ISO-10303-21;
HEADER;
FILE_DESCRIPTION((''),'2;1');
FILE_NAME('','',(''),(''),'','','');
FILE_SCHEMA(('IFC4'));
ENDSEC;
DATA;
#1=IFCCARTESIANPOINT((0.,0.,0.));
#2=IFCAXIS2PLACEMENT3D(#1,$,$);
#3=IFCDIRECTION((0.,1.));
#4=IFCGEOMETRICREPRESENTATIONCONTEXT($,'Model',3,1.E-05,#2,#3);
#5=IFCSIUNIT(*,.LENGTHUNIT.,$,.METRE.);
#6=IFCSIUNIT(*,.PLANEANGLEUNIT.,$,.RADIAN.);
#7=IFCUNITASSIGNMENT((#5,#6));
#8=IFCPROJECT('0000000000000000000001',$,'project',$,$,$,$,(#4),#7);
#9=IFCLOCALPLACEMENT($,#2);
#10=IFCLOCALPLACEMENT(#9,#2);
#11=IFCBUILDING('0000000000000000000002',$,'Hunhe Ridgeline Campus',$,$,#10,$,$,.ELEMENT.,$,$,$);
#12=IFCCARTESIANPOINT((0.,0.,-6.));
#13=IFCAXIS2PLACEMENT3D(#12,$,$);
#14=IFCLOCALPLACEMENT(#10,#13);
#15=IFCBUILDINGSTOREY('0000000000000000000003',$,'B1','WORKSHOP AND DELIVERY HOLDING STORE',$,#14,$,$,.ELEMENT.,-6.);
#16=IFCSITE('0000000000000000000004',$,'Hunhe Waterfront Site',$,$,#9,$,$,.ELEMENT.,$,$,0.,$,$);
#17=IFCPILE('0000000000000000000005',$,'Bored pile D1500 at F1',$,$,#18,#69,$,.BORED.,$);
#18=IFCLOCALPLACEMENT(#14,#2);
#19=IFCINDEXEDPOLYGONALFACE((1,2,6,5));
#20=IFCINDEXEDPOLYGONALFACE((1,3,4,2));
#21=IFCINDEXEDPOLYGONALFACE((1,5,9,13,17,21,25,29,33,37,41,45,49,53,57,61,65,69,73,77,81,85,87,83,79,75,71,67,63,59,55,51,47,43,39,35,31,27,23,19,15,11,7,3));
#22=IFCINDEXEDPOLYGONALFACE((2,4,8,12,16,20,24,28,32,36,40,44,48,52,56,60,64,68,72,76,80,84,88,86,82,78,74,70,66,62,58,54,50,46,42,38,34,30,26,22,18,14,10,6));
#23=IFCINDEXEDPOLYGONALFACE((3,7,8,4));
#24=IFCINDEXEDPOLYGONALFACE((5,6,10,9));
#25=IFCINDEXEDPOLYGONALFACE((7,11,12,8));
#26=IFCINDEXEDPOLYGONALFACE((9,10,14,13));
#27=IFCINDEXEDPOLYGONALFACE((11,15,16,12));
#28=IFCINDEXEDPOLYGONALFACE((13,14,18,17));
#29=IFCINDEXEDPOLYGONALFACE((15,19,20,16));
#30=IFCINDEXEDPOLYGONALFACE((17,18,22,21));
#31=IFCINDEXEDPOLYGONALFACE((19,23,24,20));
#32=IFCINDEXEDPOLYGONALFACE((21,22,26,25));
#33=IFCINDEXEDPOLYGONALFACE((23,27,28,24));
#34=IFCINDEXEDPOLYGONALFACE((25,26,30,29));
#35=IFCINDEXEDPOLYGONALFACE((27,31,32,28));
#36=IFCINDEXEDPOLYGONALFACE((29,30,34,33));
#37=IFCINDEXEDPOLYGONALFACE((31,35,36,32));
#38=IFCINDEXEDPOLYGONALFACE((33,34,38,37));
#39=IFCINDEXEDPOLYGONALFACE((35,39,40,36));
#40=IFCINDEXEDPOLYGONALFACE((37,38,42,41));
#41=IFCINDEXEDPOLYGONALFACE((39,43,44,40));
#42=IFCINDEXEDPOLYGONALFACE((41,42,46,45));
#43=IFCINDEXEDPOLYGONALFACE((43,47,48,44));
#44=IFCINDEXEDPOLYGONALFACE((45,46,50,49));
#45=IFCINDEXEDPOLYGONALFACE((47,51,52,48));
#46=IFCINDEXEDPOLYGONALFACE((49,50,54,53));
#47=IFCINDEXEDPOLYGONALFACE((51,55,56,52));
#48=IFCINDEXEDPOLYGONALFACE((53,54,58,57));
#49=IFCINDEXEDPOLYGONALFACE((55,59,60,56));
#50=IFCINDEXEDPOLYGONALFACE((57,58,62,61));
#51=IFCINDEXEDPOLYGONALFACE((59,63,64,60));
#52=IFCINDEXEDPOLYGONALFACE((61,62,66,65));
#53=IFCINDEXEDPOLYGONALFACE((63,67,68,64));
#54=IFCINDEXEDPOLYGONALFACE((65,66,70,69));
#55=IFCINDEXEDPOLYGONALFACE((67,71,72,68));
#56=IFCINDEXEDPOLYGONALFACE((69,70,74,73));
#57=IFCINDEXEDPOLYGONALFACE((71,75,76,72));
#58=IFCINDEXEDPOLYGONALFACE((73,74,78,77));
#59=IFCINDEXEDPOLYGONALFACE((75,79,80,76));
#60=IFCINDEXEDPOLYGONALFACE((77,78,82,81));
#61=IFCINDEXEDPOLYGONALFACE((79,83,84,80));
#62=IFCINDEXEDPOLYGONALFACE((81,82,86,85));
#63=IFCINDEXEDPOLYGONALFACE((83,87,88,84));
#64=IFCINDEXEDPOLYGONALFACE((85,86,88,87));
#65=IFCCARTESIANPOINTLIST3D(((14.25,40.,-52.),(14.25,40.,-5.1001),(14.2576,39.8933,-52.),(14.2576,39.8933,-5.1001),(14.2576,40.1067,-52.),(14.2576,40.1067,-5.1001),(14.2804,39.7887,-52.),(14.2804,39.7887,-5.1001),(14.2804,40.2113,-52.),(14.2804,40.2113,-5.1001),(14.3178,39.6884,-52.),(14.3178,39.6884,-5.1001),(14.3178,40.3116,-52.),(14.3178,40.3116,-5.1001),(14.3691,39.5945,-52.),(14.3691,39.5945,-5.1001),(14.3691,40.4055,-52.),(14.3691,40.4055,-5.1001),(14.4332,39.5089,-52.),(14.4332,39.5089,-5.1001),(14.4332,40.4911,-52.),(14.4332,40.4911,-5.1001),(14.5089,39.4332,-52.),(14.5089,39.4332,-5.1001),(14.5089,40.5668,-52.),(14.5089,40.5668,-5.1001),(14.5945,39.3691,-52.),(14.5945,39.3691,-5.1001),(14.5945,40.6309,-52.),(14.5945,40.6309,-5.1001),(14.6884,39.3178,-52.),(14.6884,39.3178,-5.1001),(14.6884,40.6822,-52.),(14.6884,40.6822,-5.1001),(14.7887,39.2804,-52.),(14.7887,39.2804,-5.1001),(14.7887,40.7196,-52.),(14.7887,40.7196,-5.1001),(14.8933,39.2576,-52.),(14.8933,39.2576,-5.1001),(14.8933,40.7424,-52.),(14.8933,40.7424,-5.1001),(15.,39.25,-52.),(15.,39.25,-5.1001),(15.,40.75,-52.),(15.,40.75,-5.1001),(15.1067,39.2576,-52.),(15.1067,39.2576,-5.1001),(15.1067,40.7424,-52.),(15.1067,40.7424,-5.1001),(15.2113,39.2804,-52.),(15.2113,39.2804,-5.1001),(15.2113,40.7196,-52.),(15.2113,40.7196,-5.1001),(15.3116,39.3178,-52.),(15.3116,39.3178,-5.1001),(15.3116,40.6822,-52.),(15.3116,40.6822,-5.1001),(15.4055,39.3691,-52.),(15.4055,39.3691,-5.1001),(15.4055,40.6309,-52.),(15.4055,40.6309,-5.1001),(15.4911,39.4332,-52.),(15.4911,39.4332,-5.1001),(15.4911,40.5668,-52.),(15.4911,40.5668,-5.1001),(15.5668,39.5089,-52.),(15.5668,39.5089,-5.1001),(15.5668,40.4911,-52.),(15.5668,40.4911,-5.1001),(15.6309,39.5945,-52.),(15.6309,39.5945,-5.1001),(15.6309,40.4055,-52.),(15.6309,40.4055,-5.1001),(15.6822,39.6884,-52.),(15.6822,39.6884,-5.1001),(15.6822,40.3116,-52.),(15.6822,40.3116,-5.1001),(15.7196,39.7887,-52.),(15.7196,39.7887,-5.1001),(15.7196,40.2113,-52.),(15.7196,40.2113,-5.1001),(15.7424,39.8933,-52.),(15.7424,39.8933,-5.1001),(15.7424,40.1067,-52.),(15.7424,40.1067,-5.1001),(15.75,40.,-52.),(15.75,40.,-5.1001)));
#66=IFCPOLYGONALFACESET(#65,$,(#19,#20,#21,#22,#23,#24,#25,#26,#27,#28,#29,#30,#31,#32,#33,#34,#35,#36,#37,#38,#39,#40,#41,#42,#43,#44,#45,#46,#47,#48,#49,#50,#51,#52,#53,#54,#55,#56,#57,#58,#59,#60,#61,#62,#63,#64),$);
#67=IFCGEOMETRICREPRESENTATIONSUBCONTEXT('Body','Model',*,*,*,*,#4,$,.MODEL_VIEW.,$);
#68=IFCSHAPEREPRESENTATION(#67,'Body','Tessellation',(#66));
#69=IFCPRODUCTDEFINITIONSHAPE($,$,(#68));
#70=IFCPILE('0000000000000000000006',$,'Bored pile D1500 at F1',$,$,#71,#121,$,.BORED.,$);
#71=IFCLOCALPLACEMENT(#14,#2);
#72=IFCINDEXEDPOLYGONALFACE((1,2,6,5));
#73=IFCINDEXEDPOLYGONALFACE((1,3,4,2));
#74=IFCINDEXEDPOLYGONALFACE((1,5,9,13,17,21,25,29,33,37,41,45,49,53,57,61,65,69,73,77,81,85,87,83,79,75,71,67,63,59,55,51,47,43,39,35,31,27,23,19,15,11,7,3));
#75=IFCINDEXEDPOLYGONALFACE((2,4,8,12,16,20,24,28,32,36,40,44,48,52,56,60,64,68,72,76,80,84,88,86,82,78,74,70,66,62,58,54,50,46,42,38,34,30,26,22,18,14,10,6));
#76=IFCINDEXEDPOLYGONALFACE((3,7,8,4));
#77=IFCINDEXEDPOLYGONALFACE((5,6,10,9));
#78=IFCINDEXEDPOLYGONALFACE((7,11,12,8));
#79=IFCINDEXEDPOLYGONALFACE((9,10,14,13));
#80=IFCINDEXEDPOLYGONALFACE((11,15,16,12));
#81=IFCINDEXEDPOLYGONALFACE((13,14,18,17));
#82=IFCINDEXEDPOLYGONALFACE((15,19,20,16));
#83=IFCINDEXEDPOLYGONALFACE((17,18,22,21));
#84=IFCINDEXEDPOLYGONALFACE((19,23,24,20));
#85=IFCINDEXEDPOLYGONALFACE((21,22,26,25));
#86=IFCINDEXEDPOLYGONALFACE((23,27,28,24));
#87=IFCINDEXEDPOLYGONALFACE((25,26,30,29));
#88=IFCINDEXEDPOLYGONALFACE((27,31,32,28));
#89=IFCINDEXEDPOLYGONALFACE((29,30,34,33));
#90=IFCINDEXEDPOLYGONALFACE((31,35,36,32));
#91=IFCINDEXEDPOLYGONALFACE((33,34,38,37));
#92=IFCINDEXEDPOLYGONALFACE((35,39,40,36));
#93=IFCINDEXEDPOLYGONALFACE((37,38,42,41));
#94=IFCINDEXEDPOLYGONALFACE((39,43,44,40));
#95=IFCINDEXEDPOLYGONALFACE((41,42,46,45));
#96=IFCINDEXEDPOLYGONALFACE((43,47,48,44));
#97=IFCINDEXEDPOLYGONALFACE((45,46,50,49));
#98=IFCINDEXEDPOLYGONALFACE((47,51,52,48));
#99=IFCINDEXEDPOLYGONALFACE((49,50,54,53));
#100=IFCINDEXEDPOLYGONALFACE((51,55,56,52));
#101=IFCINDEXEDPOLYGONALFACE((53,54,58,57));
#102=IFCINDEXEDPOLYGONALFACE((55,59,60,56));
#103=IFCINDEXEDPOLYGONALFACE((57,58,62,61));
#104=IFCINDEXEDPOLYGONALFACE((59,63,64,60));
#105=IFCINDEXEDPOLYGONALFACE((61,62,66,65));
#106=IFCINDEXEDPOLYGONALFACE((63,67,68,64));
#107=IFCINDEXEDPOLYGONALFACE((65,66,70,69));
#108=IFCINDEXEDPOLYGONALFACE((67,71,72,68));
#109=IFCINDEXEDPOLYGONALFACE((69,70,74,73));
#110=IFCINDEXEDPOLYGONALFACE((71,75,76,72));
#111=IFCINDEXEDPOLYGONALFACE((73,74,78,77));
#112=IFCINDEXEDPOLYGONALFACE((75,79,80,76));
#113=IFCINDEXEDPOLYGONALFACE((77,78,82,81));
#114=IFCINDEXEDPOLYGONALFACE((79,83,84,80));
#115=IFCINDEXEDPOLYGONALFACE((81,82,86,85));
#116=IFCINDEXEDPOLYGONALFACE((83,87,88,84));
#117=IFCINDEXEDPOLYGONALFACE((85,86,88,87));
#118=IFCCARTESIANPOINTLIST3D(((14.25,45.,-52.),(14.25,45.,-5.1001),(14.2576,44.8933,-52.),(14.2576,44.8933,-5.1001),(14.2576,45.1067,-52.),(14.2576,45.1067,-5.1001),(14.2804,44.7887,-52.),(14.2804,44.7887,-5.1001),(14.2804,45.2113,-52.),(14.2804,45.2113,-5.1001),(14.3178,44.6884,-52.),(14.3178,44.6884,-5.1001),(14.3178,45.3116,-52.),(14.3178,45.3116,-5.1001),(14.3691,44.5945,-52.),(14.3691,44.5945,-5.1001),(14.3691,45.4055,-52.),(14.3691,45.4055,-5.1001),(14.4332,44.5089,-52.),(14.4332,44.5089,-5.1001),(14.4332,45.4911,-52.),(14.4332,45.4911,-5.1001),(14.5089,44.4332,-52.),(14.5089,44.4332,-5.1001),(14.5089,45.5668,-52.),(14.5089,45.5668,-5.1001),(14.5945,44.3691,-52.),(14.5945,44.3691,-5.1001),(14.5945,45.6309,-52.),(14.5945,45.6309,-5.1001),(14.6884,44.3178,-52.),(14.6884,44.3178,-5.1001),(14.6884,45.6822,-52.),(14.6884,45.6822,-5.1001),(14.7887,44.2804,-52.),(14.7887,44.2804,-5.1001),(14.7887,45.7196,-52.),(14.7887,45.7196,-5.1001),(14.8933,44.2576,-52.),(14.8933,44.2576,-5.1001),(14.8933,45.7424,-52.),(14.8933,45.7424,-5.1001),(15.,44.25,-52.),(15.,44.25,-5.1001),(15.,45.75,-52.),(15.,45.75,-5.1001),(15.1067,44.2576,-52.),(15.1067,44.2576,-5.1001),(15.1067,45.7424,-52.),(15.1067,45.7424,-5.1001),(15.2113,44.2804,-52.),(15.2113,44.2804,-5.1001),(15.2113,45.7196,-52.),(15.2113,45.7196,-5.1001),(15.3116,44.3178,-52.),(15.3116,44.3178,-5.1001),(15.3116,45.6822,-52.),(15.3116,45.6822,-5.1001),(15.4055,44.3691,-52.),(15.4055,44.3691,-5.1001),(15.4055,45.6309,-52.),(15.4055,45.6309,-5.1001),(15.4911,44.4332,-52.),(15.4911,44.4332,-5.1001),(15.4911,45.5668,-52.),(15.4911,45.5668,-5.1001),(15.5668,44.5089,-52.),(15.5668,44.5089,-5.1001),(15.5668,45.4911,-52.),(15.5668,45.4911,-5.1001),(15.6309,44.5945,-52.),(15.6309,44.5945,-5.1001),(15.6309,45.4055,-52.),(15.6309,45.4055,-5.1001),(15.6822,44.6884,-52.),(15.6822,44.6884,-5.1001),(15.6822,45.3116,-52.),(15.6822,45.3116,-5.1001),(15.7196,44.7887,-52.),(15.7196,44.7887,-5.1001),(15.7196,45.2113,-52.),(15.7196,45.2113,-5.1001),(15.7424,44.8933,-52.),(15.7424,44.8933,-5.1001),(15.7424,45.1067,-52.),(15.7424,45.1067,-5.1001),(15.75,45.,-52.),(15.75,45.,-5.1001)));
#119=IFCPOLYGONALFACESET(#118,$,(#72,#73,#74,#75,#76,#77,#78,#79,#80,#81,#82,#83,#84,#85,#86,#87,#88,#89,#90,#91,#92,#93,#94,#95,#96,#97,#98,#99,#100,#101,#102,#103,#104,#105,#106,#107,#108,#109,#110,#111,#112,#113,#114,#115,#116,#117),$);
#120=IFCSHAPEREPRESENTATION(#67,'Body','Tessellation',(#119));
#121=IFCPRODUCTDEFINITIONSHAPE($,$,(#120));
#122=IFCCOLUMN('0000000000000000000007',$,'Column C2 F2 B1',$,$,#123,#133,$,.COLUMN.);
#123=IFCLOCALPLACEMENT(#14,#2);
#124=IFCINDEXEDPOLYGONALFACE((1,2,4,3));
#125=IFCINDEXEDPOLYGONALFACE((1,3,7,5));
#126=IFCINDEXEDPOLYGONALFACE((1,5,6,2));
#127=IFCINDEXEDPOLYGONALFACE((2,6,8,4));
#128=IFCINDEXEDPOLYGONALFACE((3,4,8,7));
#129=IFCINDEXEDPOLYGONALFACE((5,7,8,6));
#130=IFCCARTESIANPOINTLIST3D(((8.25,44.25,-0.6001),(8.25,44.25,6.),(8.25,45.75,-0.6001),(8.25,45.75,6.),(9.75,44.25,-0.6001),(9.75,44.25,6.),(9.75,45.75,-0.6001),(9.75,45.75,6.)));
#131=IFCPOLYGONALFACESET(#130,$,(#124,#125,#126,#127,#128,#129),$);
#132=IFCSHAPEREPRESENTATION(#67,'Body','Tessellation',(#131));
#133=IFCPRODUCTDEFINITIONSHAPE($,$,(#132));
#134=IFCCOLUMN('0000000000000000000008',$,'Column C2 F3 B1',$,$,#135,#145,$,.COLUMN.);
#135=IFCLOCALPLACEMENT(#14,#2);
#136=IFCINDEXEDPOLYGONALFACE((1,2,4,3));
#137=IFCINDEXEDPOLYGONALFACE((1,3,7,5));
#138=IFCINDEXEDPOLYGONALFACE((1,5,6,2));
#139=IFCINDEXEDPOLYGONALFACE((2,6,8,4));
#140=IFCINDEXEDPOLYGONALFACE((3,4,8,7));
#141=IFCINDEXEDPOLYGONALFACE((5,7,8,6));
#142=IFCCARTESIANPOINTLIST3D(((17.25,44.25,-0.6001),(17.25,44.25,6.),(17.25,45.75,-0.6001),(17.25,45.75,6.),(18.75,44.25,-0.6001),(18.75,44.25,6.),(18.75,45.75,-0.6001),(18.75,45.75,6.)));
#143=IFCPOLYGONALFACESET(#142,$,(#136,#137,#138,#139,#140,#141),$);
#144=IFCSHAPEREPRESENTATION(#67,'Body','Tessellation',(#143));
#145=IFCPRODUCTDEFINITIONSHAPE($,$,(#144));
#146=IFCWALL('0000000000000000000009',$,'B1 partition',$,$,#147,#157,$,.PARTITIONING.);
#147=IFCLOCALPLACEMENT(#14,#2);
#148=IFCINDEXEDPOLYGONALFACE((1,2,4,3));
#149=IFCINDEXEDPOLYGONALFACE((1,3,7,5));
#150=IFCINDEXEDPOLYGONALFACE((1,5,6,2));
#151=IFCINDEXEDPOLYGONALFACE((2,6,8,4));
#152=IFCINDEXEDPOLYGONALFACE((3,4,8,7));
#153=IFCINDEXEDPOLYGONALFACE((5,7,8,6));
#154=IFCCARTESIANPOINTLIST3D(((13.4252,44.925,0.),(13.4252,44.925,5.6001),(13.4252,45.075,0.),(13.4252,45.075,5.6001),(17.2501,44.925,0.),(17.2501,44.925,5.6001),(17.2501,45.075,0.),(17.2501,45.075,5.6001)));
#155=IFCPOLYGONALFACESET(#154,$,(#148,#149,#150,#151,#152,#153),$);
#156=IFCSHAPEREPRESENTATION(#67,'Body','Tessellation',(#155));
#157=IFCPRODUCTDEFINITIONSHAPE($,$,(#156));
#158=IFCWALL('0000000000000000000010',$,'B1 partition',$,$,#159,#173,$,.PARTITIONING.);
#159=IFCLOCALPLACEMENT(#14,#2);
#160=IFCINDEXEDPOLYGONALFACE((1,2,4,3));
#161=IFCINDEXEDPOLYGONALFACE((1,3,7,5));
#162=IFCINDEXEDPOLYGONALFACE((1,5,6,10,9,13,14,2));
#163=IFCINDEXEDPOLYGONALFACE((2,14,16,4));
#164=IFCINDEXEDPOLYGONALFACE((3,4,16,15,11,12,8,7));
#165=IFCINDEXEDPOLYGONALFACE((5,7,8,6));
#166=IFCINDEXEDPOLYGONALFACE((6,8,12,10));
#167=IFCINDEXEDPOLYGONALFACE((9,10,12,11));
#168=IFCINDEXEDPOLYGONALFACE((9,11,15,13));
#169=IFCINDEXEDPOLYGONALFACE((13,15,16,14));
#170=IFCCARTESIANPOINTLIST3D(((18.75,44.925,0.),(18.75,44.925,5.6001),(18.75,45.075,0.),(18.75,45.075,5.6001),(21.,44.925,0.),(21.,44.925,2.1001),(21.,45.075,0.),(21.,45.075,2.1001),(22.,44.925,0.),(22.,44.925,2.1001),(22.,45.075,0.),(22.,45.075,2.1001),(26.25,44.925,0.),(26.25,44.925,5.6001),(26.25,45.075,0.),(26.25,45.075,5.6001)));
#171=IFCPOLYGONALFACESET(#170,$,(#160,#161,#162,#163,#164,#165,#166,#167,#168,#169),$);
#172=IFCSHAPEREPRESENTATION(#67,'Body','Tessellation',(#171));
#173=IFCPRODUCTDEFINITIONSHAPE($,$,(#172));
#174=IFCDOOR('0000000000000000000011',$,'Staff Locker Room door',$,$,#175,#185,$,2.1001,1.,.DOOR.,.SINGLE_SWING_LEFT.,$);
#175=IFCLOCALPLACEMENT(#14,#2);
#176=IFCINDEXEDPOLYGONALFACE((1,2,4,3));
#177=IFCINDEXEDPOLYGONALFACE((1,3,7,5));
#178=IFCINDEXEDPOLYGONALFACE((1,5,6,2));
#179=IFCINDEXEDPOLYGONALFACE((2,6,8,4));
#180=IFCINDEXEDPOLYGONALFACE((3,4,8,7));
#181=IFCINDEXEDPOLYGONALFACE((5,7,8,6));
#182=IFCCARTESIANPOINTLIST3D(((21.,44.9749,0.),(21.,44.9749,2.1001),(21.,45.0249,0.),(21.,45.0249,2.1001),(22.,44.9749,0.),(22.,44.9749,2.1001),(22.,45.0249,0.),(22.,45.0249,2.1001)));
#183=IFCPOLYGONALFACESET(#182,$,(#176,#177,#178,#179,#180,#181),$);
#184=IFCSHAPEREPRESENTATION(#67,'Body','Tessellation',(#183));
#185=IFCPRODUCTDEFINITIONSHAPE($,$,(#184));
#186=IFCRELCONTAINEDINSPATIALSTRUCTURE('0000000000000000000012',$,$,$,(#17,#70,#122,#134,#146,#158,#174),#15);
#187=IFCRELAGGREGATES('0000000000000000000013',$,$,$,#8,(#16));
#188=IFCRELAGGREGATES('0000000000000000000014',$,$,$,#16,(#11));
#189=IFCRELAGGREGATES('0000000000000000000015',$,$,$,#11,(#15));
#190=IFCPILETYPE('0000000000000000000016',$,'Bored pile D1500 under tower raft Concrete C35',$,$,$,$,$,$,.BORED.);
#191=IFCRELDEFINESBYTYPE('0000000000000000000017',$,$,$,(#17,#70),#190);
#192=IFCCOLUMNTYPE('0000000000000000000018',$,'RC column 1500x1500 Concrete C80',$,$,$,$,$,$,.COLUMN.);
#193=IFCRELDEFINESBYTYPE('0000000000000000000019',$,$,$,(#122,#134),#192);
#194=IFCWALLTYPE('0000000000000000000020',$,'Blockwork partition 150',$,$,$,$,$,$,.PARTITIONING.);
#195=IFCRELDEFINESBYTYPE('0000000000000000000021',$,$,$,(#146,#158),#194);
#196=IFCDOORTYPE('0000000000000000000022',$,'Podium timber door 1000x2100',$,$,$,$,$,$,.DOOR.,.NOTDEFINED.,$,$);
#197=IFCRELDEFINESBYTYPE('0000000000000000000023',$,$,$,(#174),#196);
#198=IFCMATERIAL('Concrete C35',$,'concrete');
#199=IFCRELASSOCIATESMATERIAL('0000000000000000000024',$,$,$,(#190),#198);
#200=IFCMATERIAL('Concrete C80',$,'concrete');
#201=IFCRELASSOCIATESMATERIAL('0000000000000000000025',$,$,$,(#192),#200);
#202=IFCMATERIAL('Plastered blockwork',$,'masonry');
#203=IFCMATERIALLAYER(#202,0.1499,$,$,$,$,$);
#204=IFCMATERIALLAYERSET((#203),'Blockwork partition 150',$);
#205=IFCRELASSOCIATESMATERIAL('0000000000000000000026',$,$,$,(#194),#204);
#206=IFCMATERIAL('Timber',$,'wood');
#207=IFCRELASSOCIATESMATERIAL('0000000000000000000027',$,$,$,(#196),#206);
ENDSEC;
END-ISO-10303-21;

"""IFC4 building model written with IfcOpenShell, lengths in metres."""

from ifc_helpers import new_model, si_unit, direction, frame, frame_2d, origin, origin_2d, place, context, subcontext, project, spatial, rectangle, circle, extrude, material, layer, layer_set, material_profile, profile_set, type_object, element, fill, save


model = new_model("IFC4")

# Units and contexts
model_context = context("Model", 3, precision=1e-05, world=origin(), true_north=direction((0.0, 1.0)))
body_context = subcontext(model_context, "Body", "Model", "MODEL_VIEW")
ifc_project = project(units=[si_unit("LENGTHUNIT", "METRE"), si_unit("PLANEANGLEUNIT", "RADIAN")], contexts=[model_context])

# Site, building, storey
site_placement = place(None, origin())
site = spatial("IfcSite", under=ifc_project, at=site_placement, Name="Hunhe Waterfront Site", CompositionType="ELEMENT", RefElevation=0.0)
building_placement = place(site_placement, origin())
building = spatial("IfcBuilding", under=site, at=building_placement, Name="Hunhe Ridgeline Campus", CompositionType="ELEMENT")
storey_placement = place(building_placement, frame((0.0, 0.0, -6.0)))
storey = spatial("IfcBuildingStorey", under=building, at=storey_placement, Name="B1", Description="WORKSHOP AND DELIVERY HOLDING STORE", CompositionType="ELEMENT", Elevation=-6.0)

# Piles
ifc_material_1 = material(Name="Concrete C35", Category="concrete")
ifc_material_profile_1 = material_profile(ifc_material_1, circle(Radius=0.75, at=origin_2d()))
ifc_profile_set_1 = profile_set([ifc_material_profile_1], Name="Concrete C35")
pile_type = type_object("IfcPileType", Name="Bored pile D1500 under tower raft Concrete C35", PredefinedType="BORED", material=ifc_profile_set_1)
for number, where, z_axis, x_axis, name in (
    (1, (15.0, 40.0, -5.1001), (0.0, 0.0, -1.0), (1.0, 0.0, 0.0), "Bored pile D1500 at F1"),
    (2, (15.0, 45.0, -5.1001), (0.0, 0.0, -1.0), (1.0, 0.0, 0.0), "Bored pile D1500 at F1"),
):
    element("IfcPile", number, at=place(storey_placement, frame(where, z_axis=z_axis, x_axis=x_axis)), inside=storey, type_object=pile_type, Name=name, PredefinedType="BORED", context=body_context, shape_type="SweptSolid", body=[
        extrude(circle(Radius=0.75, at=origin_2d()), origin(), (0.0, 0.0, 1.0), 46.8999),
    ])

# Columns
ifc_material_2 = material(Name="Concrete C80", Category="concrete")
ifc_material_profile_2 = material_profile(ifc_material_2, rectangle(XDim=1.5, YDim=1.5, at=origin_2d()))
ifc_profile_set_2 = profile_set([ifc_material_profile_2], Name="Concrete C80")
column_type = type_object("IfcColumnType", Name="RC column 1500x1500 Concrete C80", PredefinedType="COLUMN", material=ifc_profile_set_2)
for number, where, z_axis, x_axis, name in (
    (3, (9.0, 45.0, -0.6001), (0.0, 0.0, 1.0), (1.0, 0.0, 0.0), "Column C2 F2 B1"),
    (4, (18.0, 45.0, -0.6001), (0.0, 0.0, 1.0), (1.0, 0.0, 0.0), "Column C2 F3 B1"),
):
    element("IfcColumn", number, at=place(storey_placement, frame(where, z_axis=z_axis, x_axis=x_axis)), inside=storey, type_object=column_type, Name=name, PredefinedType="COLUMN", context=body_context, shape_type="SweptSolid", body=[
        extrude(rectangle(XDim=1.5, YDim=1.5, at=origin_2d()), origin(), (0.0, 0.0, 1.0), 6.6001),
    ])

# Wall
ifc_material_3 = material(Name="Plastered blockwork", Category="masonry")
ifc_layer_1 = layer(ifc_material_3, 0.1499)
ifc_layer_set_1 = layer_set([ifc_layer_1], Name="Blockwork partition 150")
wall_type_1 = type_object("IfcWallType", Name="Blockwork partition 150", PredefinedType="PARTITIONING", material=ifc_layer_set_1)
wall_1_placement = place(storey_placement, frame((13.425, 45.0, 0.0), z_axis=(0.0, 0.0, 1.0), x_axis=(1.0, 0.0, 0.0)))
element("IfcWall", 5, at=wall_1_placement, inside=storey, type_object=wall_type_1, Name="B1 partition", PredefinedType="PARTITIONING", context=body_context, shape_type="SweptSolid", body=[
    extrude(rectangle(XDim=3.825, YDim=0.1499, at=frame_2d((1.9126, 0.0))), origin(), (0.0, 0.0, 1.0), 5.6001),
])

# Wall, opening, door
wall_2_placement = place(storey_placement, frame((18.75, 45.0, 0.0), z_axis=(0.0, 0.0, 1.0), x_axis=(1.0, 0.0, 0.0)))
wall_2 = element("IfcWall", 6, at=wall_2_placement, inside=storey, type_object=wall_type_1, Name="B1 partition", PredefinedType="PARTITIONING", context=body_context, shape_type="SweptSolid", body=[
    extrude(rectangle(XDim=7.5, YDim=0.1499, at=frame_2d((3.75, 0.0))), origin(), (0.0, 0.0, 1.0), 5.6001),
])
opening_1_placement = place(wall_2_placement, frame((2.25, 0.0, 0.0)))
opening_1 = element("IfcOpeningElement", 7, at=opening_1_placement, cuts=wall_2, PredefinedType="OPENING", context=body_context, shape_type="SweptSolid", body=[
    extrude(rectangle(XDim=1.0, YDim=2.1001, at=frame_2d((0.5, 1.05))), frame((0.0, 0.075, 0.0), z_axis=(0.0, -1.0, 0.0), x_axis=(1.0, 0.0, 0.0)), (0.0, 0.0, 1.0), 0.1499),
])
ifc_material_4 = material(Name="Timber", Category="wood")
door_type_1 = type_object("IfcDoorType", Name="Podium timber door 1000x2100", OperationType="NOTDEFINED", PredefinedType="DOOR", material=ifc_material_4)
door_1_placement = place(opening_1_placement, origin())
door_1 = element("IfcDoor", 8, at=door_1_placement, inside=storey, type_object=door_type_1, Name="Staff Locker Room door", OperationType="SINGLE_SWING_LEFT", OverallHeight=2.1001, OverallWidth=1.0, PredefinedType="DOOR", context=body_context, shape_type="SweptSolid", body=[
    extrude(rectangle(XDim=1.0, YDim=2.1001, at=frame_2d((0.5, 1.05))), frame((0.0, 0.0249, 0.0), z_axis=(0.0, -1.0, 0.0), x_axis=(1.0, 0.0, 0.0)), (0.0, 0.0, 1.0), 0.05),
])
fill(opening_1, door_1)

save(model, "model.ifc")
